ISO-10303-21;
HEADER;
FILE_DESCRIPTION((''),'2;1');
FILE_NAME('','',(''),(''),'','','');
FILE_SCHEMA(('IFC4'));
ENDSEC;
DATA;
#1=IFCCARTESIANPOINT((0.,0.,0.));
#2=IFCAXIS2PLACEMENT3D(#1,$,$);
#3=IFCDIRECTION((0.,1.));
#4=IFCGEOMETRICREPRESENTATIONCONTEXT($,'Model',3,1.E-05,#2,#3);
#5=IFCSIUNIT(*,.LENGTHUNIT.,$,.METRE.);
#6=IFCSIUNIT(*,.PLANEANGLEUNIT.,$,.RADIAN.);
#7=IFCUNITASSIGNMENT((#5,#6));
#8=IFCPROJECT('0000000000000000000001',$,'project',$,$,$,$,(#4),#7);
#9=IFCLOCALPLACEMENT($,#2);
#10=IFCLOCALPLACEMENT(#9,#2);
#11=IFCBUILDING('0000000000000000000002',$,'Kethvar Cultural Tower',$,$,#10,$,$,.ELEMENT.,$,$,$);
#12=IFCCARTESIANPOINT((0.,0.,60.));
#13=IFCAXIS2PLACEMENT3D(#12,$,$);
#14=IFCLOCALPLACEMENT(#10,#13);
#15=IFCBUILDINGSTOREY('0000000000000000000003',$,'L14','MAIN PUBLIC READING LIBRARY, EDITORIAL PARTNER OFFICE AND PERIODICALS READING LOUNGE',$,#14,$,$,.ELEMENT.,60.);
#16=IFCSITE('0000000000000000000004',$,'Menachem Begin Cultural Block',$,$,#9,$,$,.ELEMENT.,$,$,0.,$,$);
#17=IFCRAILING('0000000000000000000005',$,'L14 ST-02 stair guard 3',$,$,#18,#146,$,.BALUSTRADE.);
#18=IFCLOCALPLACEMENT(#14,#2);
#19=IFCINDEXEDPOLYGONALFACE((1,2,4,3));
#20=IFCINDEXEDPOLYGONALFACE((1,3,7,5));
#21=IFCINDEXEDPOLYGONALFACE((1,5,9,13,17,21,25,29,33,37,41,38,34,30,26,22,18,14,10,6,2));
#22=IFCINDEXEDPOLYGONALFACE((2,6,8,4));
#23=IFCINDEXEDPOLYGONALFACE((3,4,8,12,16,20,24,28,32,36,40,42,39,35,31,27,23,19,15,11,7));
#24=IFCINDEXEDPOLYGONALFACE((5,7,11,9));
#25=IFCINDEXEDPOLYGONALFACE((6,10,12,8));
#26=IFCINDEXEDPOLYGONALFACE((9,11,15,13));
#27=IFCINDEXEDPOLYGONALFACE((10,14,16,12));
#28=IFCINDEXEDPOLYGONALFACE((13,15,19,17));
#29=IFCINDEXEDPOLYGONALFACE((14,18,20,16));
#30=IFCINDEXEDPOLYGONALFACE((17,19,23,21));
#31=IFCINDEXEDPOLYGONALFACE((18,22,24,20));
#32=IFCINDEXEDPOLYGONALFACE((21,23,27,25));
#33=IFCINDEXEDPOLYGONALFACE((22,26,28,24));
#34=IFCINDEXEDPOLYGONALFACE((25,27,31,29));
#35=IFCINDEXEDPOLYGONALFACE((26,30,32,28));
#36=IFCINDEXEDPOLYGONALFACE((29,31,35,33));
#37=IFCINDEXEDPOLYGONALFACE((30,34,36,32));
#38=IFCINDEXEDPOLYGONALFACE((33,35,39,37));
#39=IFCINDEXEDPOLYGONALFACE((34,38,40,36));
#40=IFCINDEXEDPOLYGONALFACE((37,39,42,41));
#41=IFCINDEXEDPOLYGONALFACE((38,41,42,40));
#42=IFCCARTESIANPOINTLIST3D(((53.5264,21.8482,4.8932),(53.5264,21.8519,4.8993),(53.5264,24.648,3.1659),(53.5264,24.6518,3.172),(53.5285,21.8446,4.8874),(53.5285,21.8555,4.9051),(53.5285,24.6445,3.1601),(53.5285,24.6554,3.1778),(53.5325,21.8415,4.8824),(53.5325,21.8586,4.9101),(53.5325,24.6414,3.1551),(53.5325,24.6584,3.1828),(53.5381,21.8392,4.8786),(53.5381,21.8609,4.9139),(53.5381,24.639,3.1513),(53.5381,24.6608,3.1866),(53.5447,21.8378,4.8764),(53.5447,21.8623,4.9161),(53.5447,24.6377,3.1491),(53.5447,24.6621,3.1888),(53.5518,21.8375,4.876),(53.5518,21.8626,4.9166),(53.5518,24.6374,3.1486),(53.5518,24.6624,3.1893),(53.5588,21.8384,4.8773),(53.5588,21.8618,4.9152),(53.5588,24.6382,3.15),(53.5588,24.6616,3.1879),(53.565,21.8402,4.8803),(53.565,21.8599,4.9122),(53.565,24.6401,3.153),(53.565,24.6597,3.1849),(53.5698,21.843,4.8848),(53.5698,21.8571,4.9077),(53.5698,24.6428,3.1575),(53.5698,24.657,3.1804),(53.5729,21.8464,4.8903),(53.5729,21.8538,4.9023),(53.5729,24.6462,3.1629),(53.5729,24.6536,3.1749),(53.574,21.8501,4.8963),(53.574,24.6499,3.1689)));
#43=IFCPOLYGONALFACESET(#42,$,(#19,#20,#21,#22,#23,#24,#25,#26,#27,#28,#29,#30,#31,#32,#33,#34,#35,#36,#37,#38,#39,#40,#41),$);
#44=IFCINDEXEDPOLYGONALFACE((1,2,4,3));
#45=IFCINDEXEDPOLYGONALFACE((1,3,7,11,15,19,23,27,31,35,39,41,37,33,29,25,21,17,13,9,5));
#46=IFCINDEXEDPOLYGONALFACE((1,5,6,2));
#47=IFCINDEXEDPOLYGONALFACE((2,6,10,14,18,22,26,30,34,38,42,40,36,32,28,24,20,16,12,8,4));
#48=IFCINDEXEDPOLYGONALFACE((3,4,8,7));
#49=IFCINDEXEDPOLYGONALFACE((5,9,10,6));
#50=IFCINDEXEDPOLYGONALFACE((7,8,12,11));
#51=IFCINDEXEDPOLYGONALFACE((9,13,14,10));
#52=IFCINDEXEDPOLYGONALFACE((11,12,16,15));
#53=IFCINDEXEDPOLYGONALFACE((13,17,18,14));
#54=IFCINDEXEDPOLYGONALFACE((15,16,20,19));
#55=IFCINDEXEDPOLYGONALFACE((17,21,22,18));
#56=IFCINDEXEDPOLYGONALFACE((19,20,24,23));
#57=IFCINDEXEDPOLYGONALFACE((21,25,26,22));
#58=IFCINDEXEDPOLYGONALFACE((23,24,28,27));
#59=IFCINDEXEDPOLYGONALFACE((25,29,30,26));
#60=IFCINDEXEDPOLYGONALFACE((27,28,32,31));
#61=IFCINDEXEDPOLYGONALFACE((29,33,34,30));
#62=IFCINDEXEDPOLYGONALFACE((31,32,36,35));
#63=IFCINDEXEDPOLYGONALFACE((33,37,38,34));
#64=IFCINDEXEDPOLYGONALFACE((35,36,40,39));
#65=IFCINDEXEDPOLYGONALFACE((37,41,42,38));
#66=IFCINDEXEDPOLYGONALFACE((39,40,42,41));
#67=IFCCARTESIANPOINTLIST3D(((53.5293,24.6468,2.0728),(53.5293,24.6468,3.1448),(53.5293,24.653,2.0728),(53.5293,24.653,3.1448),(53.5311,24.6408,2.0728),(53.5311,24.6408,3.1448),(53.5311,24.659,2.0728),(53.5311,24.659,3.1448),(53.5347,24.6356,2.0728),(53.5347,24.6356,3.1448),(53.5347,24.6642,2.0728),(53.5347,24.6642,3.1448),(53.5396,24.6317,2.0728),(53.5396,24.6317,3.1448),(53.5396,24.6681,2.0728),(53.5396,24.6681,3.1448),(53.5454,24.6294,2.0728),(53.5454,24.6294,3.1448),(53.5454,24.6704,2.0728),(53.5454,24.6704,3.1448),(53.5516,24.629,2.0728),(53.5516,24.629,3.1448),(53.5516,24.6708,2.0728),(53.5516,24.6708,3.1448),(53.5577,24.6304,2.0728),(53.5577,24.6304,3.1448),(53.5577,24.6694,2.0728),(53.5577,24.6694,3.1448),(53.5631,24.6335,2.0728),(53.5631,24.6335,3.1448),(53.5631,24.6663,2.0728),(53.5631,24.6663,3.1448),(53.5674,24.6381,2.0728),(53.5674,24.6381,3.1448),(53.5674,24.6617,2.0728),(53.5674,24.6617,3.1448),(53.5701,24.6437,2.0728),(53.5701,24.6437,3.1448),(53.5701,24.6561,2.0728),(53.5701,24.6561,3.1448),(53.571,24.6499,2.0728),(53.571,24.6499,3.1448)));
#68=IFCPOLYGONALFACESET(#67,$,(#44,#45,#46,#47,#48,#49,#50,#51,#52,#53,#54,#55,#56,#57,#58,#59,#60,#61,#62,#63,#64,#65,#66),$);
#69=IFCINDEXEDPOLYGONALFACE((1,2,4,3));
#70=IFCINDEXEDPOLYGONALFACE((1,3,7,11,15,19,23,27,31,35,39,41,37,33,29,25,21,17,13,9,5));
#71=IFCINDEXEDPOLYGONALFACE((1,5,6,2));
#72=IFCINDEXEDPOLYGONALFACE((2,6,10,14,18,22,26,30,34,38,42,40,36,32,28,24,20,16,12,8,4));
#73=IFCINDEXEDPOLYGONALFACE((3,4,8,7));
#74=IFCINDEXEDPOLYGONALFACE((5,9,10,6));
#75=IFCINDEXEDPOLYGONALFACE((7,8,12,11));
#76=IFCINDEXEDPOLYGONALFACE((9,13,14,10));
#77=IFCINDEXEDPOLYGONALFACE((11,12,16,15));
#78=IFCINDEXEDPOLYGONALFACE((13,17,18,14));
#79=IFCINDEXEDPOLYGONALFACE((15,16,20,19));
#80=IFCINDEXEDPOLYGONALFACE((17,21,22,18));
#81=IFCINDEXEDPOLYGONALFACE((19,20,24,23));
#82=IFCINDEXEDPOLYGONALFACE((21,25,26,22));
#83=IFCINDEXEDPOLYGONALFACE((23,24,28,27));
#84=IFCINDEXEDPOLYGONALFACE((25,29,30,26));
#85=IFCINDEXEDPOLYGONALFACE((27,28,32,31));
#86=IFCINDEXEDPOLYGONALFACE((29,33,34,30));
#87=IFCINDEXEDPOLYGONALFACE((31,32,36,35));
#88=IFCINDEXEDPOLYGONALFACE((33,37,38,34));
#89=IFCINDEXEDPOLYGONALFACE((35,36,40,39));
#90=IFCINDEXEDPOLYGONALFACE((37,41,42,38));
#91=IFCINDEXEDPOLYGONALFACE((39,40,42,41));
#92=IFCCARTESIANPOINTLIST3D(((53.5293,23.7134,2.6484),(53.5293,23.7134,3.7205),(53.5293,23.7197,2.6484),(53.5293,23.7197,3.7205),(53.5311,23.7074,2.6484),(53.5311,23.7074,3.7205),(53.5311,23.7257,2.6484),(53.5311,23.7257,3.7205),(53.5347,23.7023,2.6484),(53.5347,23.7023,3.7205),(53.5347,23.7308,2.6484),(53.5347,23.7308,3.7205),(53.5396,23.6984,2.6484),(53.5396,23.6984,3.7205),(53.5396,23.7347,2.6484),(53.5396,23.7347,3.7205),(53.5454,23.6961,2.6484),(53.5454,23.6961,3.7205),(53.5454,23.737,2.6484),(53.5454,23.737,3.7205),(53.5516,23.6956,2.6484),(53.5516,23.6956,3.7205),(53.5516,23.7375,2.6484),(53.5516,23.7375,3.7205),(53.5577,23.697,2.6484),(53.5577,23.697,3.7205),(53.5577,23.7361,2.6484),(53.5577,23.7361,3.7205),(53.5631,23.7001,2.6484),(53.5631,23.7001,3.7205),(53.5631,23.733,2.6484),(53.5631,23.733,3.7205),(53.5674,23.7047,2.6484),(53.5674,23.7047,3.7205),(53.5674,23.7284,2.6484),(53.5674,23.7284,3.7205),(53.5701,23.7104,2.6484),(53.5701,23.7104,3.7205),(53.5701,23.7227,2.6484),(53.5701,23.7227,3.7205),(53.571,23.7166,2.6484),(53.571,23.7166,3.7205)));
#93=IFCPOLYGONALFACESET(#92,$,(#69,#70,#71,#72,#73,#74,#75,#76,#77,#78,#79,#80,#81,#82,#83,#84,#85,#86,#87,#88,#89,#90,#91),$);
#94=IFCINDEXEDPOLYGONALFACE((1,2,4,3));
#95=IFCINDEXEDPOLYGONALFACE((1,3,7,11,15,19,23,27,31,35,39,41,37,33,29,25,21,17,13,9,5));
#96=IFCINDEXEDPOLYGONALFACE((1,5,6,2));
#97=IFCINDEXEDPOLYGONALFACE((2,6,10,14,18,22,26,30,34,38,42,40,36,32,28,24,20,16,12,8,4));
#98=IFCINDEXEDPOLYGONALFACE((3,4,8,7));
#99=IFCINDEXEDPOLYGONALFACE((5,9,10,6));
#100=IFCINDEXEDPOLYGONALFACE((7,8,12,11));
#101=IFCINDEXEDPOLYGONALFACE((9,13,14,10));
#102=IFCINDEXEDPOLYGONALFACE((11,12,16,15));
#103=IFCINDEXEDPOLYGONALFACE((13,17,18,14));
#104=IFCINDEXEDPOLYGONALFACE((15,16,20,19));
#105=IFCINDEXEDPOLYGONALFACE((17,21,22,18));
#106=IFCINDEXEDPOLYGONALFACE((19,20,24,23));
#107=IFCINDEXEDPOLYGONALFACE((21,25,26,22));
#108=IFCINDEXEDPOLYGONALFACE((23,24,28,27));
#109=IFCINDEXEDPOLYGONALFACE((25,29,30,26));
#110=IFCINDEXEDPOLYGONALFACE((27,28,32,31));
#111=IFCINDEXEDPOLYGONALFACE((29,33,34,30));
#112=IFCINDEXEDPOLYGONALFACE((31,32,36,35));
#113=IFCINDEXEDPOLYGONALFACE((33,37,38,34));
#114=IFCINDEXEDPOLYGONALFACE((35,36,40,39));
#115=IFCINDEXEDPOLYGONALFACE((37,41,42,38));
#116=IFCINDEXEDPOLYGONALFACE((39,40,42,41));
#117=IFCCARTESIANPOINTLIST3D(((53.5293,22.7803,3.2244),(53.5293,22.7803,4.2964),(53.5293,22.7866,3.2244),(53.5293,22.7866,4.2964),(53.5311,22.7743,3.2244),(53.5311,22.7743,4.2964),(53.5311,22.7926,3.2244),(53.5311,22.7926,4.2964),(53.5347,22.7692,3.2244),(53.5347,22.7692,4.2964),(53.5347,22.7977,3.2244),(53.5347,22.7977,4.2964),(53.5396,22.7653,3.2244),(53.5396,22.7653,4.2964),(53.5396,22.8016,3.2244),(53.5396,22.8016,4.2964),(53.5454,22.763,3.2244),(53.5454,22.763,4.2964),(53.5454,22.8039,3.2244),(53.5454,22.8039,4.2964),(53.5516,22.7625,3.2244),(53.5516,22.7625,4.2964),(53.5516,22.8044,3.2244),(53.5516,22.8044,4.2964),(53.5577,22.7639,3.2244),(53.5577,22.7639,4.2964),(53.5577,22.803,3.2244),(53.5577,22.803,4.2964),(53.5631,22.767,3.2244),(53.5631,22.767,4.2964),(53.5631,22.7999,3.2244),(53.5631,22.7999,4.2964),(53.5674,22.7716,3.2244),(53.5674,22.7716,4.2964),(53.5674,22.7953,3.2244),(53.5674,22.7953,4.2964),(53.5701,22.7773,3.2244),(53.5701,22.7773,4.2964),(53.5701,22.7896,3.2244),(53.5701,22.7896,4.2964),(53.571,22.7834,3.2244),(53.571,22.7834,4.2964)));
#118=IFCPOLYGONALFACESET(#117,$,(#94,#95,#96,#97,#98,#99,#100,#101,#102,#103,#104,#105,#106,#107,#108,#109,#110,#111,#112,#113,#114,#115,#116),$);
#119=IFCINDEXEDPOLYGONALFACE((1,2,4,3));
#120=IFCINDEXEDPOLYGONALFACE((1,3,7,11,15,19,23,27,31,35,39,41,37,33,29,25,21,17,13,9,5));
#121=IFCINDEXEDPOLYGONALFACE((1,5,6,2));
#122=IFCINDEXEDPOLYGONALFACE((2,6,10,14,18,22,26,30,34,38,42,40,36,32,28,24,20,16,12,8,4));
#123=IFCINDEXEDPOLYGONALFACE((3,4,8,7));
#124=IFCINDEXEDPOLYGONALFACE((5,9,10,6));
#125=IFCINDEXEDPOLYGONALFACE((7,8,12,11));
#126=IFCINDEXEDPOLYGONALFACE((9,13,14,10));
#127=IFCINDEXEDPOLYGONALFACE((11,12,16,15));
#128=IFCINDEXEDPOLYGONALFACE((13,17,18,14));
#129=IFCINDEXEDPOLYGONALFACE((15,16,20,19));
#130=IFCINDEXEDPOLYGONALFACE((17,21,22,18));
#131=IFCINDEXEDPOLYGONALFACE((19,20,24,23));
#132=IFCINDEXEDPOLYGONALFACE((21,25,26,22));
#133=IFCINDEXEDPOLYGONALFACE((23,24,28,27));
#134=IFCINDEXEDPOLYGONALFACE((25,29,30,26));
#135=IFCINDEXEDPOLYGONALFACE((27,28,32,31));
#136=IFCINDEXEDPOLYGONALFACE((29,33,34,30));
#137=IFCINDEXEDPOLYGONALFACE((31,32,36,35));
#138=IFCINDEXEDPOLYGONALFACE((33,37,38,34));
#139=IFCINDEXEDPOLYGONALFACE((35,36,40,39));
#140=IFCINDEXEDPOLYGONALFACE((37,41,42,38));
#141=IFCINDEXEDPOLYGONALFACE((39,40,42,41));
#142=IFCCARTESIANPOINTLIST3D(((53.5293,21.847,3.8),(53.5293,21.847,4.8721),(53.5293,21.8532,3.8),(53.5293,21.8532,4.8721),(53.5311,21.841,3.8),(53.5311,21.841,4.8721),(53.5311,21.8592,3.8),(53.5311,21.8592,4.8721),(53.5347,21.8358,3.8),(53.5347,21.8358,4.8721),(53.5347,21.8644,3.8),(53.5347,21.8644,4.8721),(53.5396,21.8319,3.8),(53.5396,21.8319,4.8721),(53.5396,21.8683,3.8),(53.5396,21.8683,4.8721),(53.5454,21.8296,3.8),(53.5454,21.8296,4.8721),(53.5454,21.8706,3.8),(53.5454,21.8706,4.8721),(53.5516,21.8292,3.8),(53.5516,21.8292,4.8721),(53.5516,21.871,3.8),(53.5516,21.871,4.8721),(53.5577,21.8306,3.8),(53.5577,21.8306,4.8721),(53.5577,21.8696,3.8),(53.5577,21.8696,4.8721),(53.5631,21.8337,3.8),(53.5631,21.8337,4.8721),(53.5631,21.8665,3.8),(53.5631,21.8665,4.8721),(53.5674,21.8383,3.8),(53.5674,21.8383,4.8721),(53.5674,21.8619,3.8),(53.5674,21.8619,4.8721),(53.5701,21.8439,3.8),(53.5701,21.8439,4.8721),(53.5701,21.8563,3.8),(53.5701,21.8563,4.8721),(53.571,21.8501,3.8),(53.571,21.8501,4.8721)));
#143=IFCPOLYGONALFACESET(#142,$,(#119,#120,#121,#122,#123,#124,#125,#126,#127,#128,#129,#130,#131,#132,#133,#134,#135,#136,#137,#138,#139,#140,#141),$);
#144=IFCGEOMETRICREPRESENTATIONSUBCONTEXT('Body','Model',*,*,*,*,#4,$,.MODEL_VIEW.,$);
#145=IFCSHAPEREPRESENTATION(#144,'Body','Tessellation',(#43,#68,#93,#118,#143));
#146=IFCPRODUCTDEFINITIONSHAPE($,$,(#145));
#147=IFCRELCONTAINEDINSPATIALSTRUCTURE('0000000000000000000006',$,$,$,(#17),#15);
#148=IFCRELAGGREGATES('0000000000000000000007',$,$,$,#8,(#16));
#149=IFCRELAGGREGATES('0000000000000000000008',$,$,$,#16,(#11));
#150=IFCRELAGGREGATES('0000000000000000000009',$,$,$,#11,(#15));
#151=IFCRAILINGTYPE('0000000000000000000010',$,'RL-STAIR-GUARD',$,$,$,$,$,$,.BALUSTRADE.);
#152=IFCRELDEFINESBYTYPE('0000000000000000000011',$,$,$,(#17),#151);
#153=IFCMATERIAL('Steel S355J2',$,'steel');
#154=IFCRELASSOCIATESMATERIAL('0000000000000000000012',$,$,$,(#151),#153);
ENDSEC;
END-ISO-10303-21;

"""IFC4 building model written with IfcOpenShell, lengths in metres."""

from ifc_helpers import new_model, si_unit, direction, frame, origin, origin_2d, place, context, subcontext, project, spatial, circle, extrude, material, type_object, element, save


model = new_model("IFC4")

# Units and contexts
model_context = context("Model", 3, precision=1e-05, world=origin(), true_north=direction((0.0, 1.0)))
body_context = subcontext(model_context, "Body", "Model", "MODEL_VIEW")
ifc_project = project(units=[si_unit("LENGTHUNIT", "METRE"), si_unit("PLANEANGLEUNIT", "RADIAN")], contexts=[model_context])

# Site, building, storey
site_placement = place(None, origin())
site = spatial("IfcSite", under=ifc_project, at=site_placement, Name="Menachem Begin Cultural Block", CompositionType="ELEMENT", RefElevation=0.0)
building_placement = place(site_placement, origin())
building = spatial("IfcBuilding", under=site, at=building_placement, Name="Kethvar Cultural Tower", CompositionType="ELEMENT")
storey_placement = place(building_placement, frame((0.0, 0.0, 60.0)))
storey = spatial("IfcBuildingStorey", under=building, at=storey_placement, Name="L14", Description="MAIN PUBLIC READING LIBRARY, EDITORIAL PARTNER OFFICE AND PERIODICALS READING LOUNGE", CompositionType="ELEMENT", Elevation=60.0)

# Shared definitions
ifc_material_1 = material(Name="Steel S355J2", Category="steel")

# Railing
railing_type_1 = type_object("IfcRailingType", Name="RL-STAIR-GUARD", PredefinedType="BALUSTRADE", material=ifc_material_1)
railing_1_placement = place(storey_placement, frame((53.55, 24.6499, 2.0728)))
element("IfcRailing", 1, at=railing_1_placement, inside=storey, type_object=railing_type_1, Name="L14 ST-02 stair guard 3", PredefinedType="BALUSTRADE", context=body_context, shape_type="SweptSolid", body=[
    extrude(circle(Radius=0.0239, at=origin_2d()), frame((0.0, 0.0, 1.0962), z_axis=(0.0, -0.851069, 0.525054), x_axis=(1.0, 0.0, 0.0)), (0.0, 0.0, 1.0), 3.2898),
    extrude(circle(Radius=0.021, at=origin_2d()), origin(), (0.0, 0.0, 1.0), 1.072),
    extrude(circle(Radius=0.021, at=origin_2d()), frame((0.0, -0.9333, 0.5757)), (0.0, 0.0, 1.0), 1.072),
    extrude(circle(Radius=0.021, at=origin_2d()), frame((0.0, -1.8665, 1.1516)), (0.0, 0.0, 1.0), 1.072),
    extrude(circle(Radius=0.021, at=origin_2d()), frame((0.0, -2.7998, 1.7273)), (0.0, 0.0, 1.0), 1.072),
])

save(model, "model.ifc")
